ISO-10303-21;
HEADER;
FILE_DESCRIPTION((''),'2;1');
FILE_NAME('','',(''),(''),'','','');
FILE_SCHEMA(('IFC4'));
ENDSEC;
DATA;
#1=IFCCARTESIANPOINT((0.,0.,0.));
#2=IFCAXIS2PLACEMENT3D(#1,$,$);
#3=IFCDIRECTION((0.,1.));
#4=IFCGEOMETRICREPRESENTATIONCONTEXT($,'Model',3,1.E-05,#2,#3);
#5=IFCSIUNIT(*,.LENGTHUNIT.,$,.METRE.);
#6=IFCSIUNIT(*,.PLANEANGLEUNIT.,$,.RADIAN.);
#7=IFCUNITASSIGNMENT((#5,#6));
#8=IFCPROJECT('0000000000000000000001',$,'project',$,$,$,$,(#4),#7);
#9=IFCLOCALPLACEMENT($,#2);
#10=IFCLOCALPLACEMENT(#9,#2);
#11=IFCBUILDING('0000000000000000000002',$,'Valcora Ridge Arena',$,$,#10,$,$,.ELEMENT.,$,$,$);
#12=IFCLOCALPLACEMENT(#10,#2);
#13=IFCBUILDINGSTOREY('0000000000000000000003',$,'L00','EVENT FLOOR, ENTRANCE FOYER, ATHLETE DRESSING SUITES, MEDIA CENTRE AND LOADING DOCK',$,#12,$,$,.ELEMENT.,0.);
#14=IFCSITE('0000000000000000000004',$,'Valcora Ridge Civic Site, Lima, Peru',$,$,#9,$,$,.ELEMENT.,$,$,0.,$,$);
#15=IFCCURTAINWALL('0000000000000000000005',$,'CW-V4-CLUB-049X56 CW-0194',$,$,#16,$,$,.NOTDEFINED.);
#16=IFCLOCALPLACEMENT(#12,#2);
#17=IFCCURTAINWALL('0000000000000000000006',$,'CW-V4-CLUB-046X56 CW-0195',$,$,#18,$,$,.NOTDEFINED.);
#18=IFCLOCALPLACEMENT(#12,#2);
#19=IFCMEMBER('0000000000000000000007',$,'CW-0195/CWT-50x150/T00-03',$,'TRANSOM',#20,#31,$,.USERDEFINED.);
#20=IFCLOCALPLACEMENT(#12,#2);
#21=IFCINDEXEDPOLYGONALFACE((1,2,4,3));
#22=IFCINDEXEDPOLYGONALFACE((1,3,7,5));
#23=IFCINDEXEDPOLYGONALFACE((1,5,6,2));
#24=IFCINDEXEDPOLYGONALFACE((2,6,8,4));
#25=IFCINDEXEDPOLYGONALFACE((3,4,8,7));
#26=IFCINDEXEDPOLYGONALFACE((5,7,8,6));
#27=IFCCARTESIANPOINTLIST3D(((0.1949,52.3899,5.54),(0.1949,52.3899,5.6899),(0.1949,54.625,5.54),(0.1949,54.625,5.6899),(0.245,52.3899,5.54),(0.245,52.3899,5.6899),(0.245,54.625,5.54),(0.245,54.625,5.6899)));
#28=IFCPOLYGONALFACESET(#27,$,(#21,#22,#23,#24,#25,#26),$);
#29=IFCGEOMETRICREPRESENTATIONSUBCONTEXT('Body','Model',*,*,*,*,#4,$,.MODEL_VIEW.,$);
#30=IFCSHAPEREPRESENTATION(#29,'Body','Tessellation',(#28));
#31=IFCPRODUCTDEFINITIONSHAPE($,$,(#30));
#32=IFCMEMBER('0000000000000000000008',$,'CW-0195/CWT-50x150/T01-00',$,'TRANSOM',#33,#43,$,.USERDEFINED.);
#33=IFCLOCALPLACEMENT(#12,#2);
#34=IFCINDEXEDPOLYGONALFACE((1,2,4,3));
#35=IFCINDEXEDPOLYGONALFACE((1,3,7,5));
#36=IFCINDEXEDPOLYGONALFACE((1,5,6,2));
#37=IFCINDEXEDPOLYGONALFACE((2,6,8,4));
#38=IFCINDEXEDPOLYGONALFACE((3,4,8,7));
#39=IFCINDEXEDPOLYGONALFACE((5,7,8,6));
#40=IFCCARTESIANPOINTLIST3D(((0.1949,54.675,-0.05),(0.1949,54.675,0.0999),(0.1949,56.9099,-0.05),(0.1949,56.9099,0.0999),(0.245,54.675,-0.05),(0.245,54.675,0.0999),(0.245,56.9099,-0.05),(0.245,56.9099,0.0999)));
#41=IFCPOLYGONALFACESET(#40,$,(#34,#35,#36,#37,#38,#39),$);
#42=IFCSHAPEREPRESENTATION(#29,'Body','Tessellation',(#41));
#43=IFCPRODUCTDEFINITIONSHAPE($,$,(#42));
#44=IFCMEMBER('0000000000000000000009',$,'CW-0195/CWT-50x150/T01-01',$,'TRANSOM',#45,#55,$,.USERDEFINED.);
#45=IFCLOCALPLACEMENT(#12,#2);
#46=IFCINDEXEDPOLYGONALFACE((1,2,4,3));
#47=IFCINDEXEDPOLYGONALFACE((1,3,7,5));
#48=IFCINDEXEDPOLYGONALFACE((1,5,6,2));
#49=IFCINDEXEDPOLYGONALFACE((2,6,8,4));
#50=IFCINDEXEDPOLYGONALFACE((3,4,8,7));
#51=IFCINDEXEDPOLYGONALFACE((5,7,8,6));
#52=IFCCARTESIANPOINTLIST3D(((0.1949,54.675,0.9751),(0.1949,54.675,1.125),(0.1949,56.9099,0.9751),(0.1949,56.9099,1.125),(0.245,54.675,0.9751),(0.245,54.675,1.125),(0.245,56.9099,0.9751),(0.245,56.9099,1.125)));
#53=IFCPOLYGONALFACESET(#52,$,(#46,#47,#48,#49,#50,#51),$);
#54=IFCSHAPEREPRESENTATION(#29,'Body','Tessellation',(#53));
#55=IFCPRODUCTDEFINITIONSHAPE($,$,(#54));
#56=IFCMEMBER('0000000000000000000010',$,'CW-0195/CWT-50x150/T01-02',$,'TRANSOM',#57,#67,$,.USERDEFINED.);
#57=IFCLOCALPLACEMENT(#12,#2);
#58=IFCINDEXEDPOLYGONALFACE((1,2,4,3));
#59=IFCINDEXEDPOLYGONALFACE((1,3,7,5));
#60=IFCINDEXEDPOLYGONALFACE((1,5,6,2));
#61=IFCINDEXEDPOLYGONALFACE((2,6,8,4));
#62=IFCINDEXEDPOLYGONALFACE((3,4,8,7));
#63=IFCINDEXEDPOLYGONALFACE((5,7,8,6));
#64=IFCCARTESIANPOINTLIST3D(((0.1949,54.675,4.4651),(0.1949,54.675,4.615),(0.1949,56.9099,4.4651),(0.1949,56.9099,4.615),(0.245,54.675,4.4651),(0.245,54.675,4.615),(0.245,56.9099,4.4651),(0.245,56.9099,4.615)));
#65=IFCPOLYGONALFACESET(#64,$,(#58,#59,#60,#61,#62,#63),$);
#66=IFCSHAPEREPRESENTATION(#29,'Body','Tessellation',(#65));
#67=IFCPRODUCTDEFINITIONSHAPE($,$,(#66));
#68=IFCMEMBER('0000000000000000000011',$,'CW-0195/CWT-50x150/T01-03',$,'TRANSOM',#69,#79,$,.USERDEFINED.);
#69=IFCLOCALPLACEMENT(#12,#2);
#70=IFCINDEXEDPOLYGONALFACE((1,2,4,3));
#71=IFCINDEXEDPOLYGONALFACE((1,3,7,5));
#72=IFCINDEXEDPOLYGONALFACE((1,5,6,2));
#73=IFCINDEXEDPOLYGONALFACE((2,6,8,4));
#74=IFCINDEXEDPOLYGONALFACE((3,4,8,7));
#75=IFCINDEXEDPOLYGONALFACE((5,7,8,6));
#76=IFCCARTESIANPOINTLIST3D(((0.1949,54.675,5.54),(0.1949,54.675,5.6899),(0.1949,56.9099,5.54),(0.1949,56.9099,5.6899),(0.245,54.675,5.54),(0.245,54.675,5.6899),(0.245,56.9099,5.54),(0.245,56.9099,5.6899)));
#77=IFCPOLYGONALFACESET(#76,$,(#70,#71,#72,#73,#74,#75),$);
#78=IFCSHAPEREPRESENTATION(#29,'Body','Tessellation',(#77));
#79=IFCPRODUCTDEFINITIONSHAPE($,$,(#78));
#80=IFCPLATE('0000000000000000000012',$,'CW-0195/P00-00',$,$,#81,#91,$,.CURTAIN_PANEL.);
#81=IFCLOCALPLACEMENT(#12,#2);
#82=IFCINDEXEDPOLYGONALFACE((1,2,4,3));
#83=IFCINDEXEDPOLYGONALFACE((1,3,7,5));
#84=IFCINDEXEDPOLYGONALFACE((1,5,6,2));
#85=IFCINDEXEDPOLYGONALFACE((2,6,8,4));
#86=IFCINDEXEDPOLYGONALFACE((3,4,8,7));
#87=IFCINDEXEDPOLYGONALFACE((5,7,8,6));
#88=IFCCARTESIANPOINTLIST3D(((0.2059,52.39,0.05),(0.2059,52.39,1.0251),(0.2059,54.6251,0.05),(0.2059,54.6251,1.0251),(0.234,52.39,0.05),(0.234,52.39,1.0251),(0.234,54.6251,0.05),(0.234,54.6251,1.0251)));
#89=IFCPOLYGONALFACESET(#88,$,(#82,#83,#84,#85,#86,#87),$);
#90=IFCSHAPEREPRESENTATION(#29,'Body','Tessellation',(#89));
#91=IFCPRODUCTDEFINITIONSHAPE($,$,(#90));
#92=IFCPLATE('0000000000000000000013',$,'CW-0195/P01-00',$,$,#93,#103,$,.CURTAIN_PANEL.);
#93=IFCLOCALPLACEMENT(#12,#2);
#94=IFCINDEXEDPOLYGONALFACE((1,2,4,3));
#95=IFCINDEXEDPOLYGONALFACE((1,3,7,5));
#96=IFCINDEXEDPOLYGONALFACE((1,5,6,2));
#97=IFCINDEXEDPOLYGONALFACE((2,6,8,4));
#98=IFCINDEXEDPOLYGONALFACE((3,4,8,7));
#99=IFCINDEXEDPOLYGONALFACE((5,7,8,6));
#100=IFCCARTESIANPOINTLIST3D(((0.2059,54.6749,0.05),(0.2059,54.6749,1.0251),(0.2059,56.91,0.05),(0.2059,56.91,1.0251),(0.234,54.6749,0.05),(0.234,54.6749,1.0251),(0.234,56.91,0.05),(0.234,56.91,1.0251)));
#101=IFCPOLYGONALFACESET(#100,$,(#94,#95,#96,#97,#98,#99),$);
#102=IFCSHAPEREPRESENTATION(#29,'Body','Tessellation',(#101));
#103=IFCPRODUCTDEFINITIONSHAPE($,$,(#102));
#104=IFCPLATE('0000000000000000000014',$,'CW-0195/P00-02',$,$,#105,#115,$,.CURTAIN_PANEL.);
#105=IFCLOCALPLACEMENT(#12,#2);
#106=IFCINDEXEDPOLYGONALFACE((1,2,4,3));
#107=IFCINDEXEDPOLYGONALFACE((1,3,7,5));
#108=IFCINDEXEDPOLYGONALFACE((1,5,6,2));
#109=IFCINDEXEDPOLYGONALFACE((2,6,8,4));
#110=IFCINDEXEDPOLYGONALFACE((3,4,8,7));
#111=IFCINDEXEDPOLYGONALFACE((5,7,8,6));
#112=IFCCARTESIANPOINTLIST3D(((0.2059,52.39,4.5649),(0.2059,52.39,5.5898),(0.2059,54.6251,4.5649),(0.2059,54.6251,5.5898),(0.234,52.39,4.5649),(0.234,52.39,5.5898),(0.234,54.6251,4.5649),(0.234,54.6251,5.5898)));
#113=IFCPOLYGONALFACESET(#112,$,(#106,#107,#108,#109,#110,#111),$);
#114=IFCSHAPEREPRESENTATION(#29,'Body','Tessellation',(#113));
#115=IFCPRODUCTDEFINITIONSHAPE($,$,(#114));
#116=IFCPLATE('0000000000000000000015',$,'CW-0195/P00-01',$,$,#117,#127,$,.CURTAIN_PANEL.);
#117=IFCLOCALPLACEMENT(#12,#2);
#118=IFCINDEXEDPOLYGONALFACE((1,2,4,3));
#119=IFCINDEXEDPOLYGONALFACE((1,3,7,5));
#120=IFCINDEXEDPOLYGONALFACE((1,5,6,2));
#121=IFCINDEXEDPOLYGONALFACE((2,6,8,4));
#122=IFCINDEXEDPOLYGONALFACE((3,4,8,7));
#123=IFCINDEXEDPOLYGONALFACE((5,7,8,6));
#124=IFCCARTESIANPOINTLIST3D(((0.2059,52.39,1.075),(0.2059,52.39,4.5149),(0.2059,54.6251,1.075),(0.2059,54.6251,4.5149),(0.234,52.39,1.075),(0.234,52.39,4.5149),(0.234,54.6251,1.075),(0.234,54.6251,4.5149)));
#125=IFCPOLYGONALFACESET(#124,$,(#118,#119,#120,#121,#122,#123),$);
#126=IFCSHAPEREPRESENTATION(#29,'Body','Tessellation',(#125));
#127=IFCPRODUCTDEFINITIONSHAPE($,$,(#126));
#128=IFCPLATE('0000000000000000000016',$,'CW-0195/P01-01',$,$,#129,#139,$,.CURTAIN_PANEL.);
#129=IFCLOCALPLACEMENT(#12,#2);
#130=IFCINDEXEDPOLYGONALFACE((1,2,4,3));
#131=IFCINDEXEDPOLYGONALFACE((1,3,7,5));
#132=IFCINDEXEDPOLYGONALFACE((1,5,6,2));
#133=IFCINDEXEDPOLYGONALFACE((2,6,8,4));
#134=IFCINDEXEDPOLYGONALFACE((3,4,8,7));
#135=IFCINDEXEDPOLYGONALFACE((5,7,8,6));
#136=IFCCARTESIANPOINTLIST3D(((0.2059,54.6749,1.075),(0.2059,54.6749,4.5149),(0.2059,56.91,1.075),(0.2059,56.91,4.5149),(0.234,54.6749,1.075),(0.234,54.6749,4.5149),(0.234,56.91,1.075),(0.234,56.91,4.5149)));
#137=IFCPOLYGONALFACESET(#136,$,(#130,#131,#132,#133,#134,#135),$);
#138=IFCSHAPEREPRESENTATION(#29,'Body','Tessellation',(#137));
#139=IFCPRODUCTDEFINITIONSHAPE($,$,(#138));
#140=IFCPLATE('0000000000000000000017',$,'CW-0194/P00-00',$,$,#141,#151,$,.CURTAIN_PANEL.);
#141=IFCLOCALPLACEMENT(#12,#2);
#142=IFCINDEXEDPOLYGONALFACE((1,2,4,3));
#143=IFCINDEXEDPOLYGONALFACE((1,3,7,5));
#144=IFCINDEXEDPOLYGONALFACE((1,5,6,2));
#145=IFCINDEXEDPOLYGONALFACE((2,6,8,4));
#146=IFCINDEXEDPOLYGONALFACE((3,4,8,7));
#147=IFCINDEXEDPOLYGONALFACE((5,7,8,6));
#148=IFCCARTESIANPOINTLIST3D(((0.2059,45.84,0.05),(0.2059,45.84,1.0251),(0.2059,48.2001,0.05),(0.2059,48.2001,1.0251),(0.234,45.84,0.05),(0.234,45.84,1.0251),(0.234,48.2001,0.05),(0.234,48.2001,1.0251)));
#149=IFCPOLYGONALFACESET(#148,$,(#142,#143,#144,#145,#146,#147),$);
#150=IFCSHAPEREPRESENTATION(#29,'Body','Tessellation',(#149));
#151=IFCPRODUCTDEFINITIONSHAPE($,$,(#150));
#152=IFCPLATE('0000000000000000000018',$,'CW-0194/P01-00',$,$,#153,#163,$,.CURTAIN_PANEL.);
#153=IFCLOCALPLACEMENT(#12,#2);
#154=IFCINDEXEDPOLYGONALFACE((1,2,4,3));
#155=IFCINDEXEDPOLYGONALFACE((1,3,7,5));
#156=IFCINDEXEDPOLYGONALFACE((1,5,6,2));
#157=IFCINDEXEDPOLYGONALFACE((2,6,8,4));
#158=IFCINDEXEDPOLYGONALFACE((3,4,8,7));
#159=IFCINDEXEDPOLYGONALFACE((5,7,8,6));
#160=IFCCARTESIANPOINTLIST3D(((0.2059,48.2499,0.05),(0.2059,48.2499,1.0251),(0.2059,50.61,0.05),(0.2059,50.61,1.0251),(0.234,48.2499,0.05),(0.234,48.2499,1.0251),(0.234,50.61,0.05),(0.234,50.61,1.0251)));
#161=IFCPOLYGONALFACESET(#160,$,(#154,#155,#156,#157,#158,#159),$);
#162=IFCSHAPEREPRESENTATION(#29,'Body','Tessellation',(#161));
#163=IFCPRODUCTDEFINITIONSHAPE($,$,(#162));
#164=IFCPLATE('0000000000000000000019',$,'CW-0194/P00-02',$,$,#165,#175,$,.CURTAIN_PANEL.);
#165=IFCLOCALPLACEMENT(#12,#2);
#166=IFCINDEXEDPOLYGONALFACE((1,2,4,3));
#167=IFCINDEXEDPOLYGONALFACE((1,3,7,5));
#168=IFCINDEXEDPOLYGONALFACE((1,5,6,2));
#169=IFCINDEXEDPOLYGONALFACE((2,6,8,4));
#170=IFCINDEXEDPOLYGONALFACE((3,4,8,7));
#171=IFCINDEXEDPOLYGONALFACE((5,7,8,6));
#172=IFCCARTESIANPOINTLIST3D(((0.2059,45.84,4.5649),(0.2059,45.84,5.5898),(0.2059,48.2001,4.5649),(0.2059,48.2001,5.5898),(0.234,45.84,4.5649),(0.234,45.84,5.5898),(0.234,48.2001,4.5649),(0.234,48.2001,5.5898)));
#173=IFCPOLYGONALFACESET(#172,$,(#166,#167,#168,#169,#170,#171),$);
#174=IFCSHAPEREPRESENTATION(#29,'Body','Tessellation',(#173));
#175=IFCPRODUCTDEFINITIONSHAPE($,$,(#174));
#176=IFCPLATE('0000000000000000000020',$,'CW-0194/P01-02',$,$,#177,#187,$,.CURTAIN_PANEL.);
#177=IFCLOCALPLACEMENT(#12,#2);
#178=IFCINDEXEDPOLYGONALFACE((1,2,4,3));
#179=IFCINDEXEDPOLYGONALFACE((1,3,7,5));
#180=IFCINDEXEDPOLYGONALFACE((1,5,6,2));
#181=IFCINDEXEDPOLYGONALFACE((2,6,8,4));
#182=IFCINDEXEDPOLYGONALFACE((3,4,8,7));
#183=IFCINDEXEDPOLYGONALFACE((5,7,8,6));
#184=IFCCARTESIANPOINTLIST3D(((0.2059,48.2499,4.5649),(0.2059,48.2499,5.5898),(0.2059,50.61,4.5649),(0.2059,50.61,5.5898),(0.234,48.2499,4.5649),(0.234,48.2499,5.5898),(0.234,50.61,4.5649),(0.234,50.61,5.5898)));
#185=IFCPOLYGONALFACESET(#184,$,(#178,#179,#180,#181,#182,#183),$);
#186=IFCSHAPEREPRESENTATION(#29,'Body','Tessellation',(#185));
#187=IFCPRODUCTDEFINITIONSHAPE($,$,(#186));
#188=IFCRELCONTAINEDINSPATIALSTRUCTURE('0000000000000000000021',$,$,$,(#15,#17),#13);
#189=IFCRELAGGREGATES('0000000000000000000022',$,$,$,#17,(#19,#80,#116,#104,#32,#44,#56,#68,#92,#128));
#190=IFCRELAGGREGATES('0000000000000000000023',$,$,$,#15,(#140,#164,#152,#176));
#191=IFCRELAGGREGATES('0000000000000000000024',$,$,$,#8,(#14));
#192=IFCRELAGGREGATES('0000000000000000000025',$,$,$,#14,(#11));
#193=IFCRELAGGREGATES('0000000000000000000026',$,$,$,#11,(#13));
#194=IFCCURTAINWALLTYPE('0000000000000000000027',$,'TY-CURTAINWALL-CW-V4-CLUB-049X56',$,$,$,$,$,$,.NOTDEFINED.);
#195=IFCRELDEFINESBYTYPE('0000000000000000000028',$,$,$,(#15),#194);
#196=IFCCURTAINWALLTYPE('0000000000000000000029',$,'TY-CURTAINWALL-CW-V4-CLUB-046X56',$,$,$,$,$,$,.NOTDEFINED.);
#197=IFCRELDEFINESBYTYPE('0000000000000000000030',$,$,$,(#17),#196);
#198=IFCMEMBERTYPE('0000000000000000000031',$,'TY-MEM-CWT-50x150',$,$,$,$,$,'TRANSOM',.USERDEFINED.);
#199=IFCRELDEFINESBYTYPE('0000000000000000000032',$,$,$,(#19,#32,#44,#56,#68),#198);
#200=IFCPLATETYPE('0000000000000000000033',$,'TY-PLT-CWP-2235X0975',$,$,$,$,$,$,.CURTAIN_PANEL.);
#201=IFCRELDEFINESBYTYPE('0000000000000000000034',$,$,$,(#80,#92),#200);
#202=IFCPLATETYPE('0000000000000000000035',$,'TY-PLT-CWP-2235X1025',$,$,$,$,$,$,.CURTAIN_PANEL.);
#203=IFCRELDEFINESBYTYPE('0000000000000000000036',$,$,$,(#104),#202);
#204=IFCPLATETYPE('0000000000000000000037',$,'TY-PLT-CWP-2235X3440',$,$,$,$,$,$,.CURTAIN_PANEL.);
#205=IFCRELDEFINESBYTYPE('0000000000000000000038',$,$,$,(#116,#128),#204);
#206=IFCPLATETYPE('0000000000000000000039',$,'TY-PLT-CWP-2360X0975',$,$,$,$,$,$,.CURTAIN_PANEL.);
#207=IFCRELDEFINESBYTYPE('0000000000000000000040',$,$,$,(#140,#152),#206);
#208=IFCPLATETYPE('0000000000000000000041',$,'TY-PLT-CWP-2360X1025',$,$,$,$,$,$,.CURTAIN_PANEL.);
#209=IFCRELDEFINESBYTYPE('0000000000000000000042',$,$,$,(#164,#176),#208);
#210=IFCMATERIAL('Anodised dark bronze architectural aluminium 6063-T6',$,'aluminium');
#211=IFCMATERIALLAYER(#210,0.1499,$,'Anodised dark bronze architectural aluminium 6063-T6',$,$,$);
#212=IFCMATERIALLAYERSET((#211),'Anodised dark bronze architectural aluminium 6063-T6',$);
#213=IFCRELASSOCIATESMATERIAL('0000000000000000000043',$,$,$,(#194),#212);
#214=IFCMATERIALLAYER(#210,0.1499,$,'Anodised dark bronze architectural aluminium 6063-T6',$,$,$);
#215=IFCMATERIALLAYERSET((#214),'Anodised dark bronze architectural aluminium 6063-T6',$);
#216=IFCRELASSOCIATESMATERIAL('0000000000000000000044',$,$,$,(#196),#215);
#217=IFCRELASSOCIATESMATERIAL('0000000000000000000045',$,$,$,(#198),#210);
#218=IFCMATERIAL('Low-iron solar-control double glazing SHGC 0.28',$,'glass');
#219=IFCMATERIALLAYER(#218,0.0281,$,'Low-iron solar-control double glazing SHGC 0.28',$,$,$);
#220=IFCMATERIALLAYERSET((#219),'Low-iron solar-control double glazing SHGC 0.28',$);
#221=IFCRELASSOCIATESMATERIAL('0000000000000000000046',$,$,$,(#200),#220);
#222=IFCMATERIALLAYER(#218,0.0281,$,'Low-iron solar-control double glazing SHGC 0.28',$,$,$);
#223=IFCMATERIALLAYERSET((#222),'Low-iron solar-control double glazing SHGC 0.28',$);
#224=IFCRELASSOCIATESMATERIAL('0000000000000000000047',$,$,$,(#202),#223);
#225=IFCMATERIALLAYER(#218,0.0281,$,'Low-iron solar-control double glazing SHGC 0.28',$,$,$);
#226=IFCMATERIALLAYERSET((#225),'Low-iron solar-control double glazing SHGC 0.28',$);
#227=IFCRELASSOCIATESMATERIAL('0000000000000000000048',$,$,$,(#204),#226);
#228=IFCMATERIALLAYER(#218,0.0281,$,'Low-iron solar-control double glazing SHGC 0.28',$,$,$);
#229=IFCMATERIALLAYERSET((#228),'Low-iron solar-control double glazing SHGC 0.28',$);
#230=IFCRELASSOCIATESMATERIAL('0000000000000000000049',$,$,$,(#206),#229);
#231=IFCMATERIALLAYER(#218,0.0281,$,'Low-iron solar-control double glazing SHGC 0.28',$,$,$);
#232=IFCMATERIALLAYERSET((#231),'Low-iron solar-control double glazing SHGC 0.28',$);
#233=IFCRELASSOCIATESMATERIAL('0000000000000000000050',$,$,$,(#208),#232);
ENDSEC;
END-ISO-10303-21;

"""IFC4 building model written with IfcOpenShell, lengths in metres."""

from ifc_helpers import new_model, si_unit, direction, frame, origin, origin_2d, place, context, subcontext, project, spatial, rectangle, extrude, material, layer, layer_set, material_profile, profile_set, type_object, element, aggregate, save


model = new_model("IFC4")

# Units and contexts
model_context = context("Model", 3, precision=1e-05, world=origin(), true_north=direction((0.0, 1.0)))
body_context = subcontext(model_context, "Body", "Model", "MODEL_VIEW")
ifc_project = project(units=[si_unit("LENGTHUNIT", "METRE"), si_unit("PLANEANGLEUNIT", "RADIAN")], contexts=[model_context])

# Site, building, storey
site_placement = place(None, origin())
site = spatial("IfcSite", under=ifc_project, at=site_placement, Name="Valcora Ridge Civic Site, Lima, Peru", CompositionType="ELEMENT", RefElevation=0.0)
building_placement = place(site_placement, origin())
building = spatial("IfcBuilding", under=site, at=building_placement, Name="Valcora Ridge Arena", CompositionType="ELEMENT")
storey_placement = place(building_placement, origin())
storey = spatial("IfcBuildingStorey", under=building, at=storey_placement, Name="L00", Description="EVENT FLOOR, ENTRANCE FOYER, ATHLETE DRESSING SUITES, MEDIA CENTRE AND LOADING DOCK", CompositionType="ELEMENT", Elevation=0.0)

# Curtain walls
ifc_material_1 = material(Name="Anodised dark bronze architectural aluminium 6063-T6", Category="aluminium")
ifc_layer_1 = layer(ifc_material_1, 0.1499, Name="Anodised dark bronze architectural aluminium 6063-T6")
ifc_layer_set_1 = layer_set([ifc_layer_1], Name="Anodised dark bronze architectural aluminium 6063-T6")
curtain_wall_type_1 = type_object("IfcCurtainWallType", Name="TY-CURTAINWALL-CW-V4-CLUB-049X56", PredefinedType="NOTDEFINED", material=ifc_layer_set_1)
curtain_wall_1_placement = place(storey_placement, origin())
curtain_wall_1 = element("IfcCurtainWall", 1, at=curtain_wall_1_placement, inside=storey, type_object=curtain_wall_type_1, Name="CW-V4-CLUB-049X56 CW-0194", PredefinedType="NOTDEFINED")
ifc_layer_2 = layer(ifc_material_1, 0.1499, Name="Anodised dark bronze architectural aluminium 6063-T6")
ifc_layer_set_2 = layer_set([ifc_layer_2], Name="Anodised dark bronze architectural aluminium 6063-T6")
curtain_wall_type_2 = type_object("IfcCurtainWallType", Name="TY-CURTAINWALL-CW-V4-CLUB-046X56", PredefinedType="NOTDEFINED", material=ifc_layer_set_2)
curtain_wall_2_placement = place(storey_placement, origin())
curtain_wall_2 = element("IfcCurtainWall", 2, at=curtain_wall_2_placement, inside=storey, type_object=curtain_wall_type_2, Name="CW-V4-CLUB-046X56 CW-0195", PredefinedType="NOTDEFINED")

# Members
ifc_material_profile_1 = material_profile(ifc_material_1, rectangle(XDim=0.05, YDim=0.1499, at=origin_2d()), Name="ALU TRANSOM 50x150")
ifc_profile_set_1 = profile_set([ifc_material_profile_1], Name="Anodised dark bronze architectural aluminium 6063-T6")
member_type_1 = type_object("IfcMemberType", Name="TY-MEM-CWT-50x150", ElementType="TRANSOM", PredefinedType="USERDEFINED", material=ifc_profile_set_1)
member_1_placement = place(storey_placement, frame((0.22, 52.3899, 5.615), z_axis=(0.0, 1.0, 0.0), x_axis=(-1.0, 0.0, 0.0)))
member_1 = element("IfcMember", 3, at=member_1_placement, type_object=member_type_1, Name="CW-0195/CWT-50x150/T00-03", ObjectType="TRANSOM", PredefinedType="USERDEFINED", context=body_context, shape_type="SweptSolid", body=[
    extrude(rectangle(XDim=0.05, YDim=0.1499, at=origin_2d()), origin(), (0.0, 0.0, 1.0), 2.2351),
])
member_2_placement = place(storey_placement, frame((0.22, 54.675, 0.0249), z_axis=(0.0, 1.0, 0.0), x_axis=(-1.0, 0.0, 0.0)))
member_2 = element("IfcMember", 4, at=member_2_placement, type_object=member_type_1, Name="CW-0195/CWT-50x150/T01-00", ObjectType="TRANSOM", PredefinedType="USERDEFINED", context=body_context, shape_type="SweptSolid", body=[
    extrude(rectangle(XDim=0.05, YDim=0.1499, at=origin_2d()), origin(), (0.0, 0.0, 1.0), 2.2349),
])
member_3_placement = place(storey_placement, frame((0.22, 54.675, 1.05), z_axis=(0.0, 1.0, 0.0), x_axis=(-1.0, 0.0, 0.0)))
member_3 = element("IfcMember", 5, at=member_3_placement, type_object=member_type_1, Name="CW-0195/CWT-50x150/T01-01", ObjectType="TRANSOM", PredefinedType="USERDEFINED", context=body_context, shape_type="SweptSolid", body=[
    extrude(rectangle(XDim=0.05, YDim=0.1499, at=origin_2d()), origin(), (0.0, 0.0, 1.0), 2.2349),
])
member_4_placement = place(storey_placement, frame((0.22, 54.675, 4.54), z_axis=(0.0, 1.0, 0.0), x_axis=(-1.0, 0.0, 0.0)))
member_4 = element("IfcMember", 6, at=member_4_placement, type_object=member_type_1, Name="CW-0195/CWT-50x150/T01-02", ObjectType="TRANSOM", PredefinedType="USERDEFINED", context=body_context, shape_type="SweptSolid", body=[
    extrude(rectangle(XDim=0.05, YDim=0.1499, at=origin_2d()), origin(), (0.0, 0.0, 1.0), 2.2349),
])
member_5_placement = place(storey_placement, frame((0.22, 54.675, 5.615), z_axis=(0.0, 1.0, 0.0), x_axis=(-1.0, 0.0, 0.0)))
member_5 = element("IfcMember", 7, at=member_5_placement, type_object=member_type_1, Name="CW-0195/CWT-50x150/T01-03", ObjectType="TRANSOM", PredefinedType="USERDEFINED", context=body_context, shape_type="SweptSolid", body=[
    extrude(rectangle(XDim=0.05, YDim=0.1499, at=origin_2d()), origin(), (0.0, 0.0, 1.0), 2.2349),
])

# Plates
ifc_material_2 = material(Name="Low-iron solar-control double glazing SHGC 0.28", Category="glass")
ifc_layer_3 = layer(ifc_material_2, 0.0281, Name="Low-iron solar-control double glazing SHGC 0.28")
ifc_layer_set_3 = layer_set([ifc_layer_3], Name="Low-iron solar-control double glazing SHGC 0.28")
plate_type_1 = type_object("IfcPlateType", Name="TY-PLT-CWP-2235X0975", PredefinedType="CURTAIN_PANEL", material=ifc_layer_set_3)
plate_1_placement = place(storey_placement, frame((0.22, 53.5076, 0.05), z_axis=(0.0, 0.0, 1.0), x_axis=(0.0, 1.0, 0.0)))
plate_1 = element("IfcPlate", 8, at=plate_1_placement, type_object=plate_type_1, Name="CW-0195/P00-00", PredefinedType="CURTAIN_PANEL", context=body_context, shape_type="SweptSolid", body=[
    extrude(rectangle(XDim=2.2351, YDim=0.0281, at=origin_2d()), origin(), (0.0, 0.0, 1.0), 0.9751),
])
plate_2_placement = place(storey_placement, frame((0.22, 55.7925, 0.05), z_axis=(0.0, 0.0, 1.0), x_axis=(0.0, 1.0, 0.0)))
plate_2 = element("IfcPlate", 9, at=plate_2_placement, type_object=plate_type_1, Name="CW-0195/P01-00", PredefinedType="CURTAIN_PANEL", context=body_context, shape_type="SweptSolid", body=[
    extrude(rectangle(XDim=2.2351, YDim=0.0281, at=origin_2d()), origin(), (0.0, 0.0, 1.0), 0.9751),
])
ifc_layer_4 = layer(ifc_material_2, 0.0281, Name="Low-iron solar-control double glazing SHGC 0.28")
ifc_layer_set_4 = layer_set([ifc_layer_4], Name="Low-iron solar-control double glazing SHGC 0.28")
plate_type_2 = type_object("IfcPlateType", Name="TY-PLT-CWP-2235X1025", PredefinedType="CURTAIN_PANEL", material=ifc_layer_set_4)
plate_3_placement = place(storey_placement, frame((0.22, 53.5076, 4.5649), z_axis=(0.0, 0.0, 1.0), x_axis=(0.0, 1.0, 0.0)))
plate_3 = element("IfcPlate", 10, at=plate_3_placement, type_object=plate_type_2, Name="CW-0195/P00-02", PredefinedType="CURTAIN_PANEL", context=body_context, shape_type="SweptSolid", body=[
    extrude(rectangle(XDim=2.2351, YDim=0.0281, at=origin_2d()), origin(), (0.0, 0.0, 1.0), 1.0249),
])
ifc_layer_5 = layer(ifc_material_2, 0.0281, Name="Low-iron solar-control double glazing SHGC 0.28")
ifc_layer_set_5 = layer_set([ifc_layer_5], Name="Low-iron solar-control double glazing SHGC 0.28")
plate_type_3 = type_object("IfcPlateType", Name="TY-PLT-CWP-2235X3440", PredefinedType="CURTAIN_PANEL", material=ifc_layer_set_5)
plate_4_placement = place(storey_placement, frame((0.22, 53.5076, 1.075), z_axis=(0.0, 0.0, 1.0), x_axis=(0.0, 1.0, 0.0)))
plate_4 = element("IfcPlate", 11, at=plate_4_placement, type_object=plate_type_3, Name="CW-0195/P00-01", PredefinedType="CURTAIN_PANEL", context=body_context, shape_type="SweptSolid", body=[
    extrude(rectangle(XDim=2.2351, YDim=0.0281, at=origin_2d()), origin(), (0.0, 0.0, 1.0), 3.4399),
])
plate_5_placement = place(storey_placement, frame((0.22, 55.7925, 1.075), z_axis=(0.0, 0.0, 1.0), x_axis=(0.0, 1.0, 0.0)))
plate_5 = element("IfcPlate", 12, at=plate_5_placement, type_object=plate_type_3, Name="CW-0195/P01-01", PredefinedType="CURTAIN_PANEL", context=body_context, shape_type="SweptSolid", body=[
    extrude(rectangle(XDim=2.2351, YDim=0.0281, at=origin_2d()), origin(), (0.0, 0.0, 1.0), 3.4399),
])
aggregate(curtain_wall_2, [member_1, plate_1, plate_4, plate_3, member_2, member_3, member_4, member_5, plate_2, plate_5])
ifc_layer_6 = layer(ifc_material_2, 0.0281, Name="Low-iron solar-control double glazing SHGC 0.28")
ifc_layer_set_6 = layer_set([ifc_layer_6], Name="Low-iron solar-control double glazing SHGC 0.28")
plate_type_4 = type_object("IfcPlateType", Name="TY-PLT-CWP-2360X0975", PredefinedType="CURTAIN_PANEL", material=ifc_layer_set_6)
plate_6_placement = place(storey_placement, frame((0.22, 47.02, 0.05), z_axis=(0.0, 0.0, 1.0), x_axis=(0.0, 1.0, 0.0)))
plate_6 = element("IfcPlate", 13, at=plate_6_placement, type_object=plate_type_4, Name="CW-0194/P00-00", PredefinedType="CURTAIN_PANEL", context=body_context, shape_type="SweptSolid", body=[
    extrude(rectangle(XDim=2.3601, YDim=0.0281, at=origin_2d()), origin(), (0.0, 0.0, 1.0), 0.9751),
])
plate_7_placement = place(storey_placement, frame((0.22, 49.4299, 0.05), z_axis=(0.0, 0.0, 1.0), x_axis=(0.0, 1.0, 0.0)))
plate_7 = element("IfcPlate", 14, at=plate_7_placement, type_object=plate_type_4, Name="CW-0194/P01-00", PredefinedType="CURTAIN_PANEL", context=body_context, shape_type="SweptSolid", body=[
    extrude(rectangle(XDim=2.3601, YDim=0.0281, at=origin_2d()), origin(), (0.0, 0.0, 1.0), 0.9751),
])
ifc_layer_7 = layer(ifc_material_2, 0.0281, Name="Low-iron solar-control double glazing SHGC 0.28")
ifc_layer_set_7 = layer_set([ifc_layer_7], Name="Low-iron solar-control double glazing SHGC 0.28")
plate_type_5 = type_object("IfcPlateType", Name="TY-PLT-CWP-2360X1025", PredefinedType="CURTAIN_PANEL", material=ifc_layer_set_7)
plate_8_placement = place(storey_placement, frame((0.22, 47.02, 4.5649), z_axis=(0.0, 0.0, 1.0), x_axis=(0.0, 1.0, 0.0)))
plate_8 = element("IfcPlate", 15, at=plate_8_placement, type_object=plate_type_5, Name="CW-0194/P00-02", PredefinedType="CURTAIN_PANEL", context=body_context, shape_type="SweptSolid", body=[
    extrude(rectangle(XDim=2.3601, YDim=0.0281, at=origin_2d()), origin(), (0.0, 0.0, 1.0), 1.0249),
])
plate_9_placement = place(storey_placement, frame((0.22, 49.4299, 4.5649), z_axis=(0.0, 0.0, 1.0), x_axis=(0.0, 1.0, 0.0)))
plate_9 = element("IfcPlate", 16, at=plate_9_placement, type_object=plate_type_5, Name="CW-0194/P01-02", PredefinedType="CURTAIN_PANEL", context=body_context, shape_type="SweptSolid", body=[
    extrude(rectangle(XDim=2.3601, YDim=0.0281, at=origin_2d()), origin(), (0.0, 0.0, 1.0), 1.0249),
])
aggregate(curtain_wall_1, [plate_6, plate_8, plate_7, plate_9])

save(model, "model.ifc")
